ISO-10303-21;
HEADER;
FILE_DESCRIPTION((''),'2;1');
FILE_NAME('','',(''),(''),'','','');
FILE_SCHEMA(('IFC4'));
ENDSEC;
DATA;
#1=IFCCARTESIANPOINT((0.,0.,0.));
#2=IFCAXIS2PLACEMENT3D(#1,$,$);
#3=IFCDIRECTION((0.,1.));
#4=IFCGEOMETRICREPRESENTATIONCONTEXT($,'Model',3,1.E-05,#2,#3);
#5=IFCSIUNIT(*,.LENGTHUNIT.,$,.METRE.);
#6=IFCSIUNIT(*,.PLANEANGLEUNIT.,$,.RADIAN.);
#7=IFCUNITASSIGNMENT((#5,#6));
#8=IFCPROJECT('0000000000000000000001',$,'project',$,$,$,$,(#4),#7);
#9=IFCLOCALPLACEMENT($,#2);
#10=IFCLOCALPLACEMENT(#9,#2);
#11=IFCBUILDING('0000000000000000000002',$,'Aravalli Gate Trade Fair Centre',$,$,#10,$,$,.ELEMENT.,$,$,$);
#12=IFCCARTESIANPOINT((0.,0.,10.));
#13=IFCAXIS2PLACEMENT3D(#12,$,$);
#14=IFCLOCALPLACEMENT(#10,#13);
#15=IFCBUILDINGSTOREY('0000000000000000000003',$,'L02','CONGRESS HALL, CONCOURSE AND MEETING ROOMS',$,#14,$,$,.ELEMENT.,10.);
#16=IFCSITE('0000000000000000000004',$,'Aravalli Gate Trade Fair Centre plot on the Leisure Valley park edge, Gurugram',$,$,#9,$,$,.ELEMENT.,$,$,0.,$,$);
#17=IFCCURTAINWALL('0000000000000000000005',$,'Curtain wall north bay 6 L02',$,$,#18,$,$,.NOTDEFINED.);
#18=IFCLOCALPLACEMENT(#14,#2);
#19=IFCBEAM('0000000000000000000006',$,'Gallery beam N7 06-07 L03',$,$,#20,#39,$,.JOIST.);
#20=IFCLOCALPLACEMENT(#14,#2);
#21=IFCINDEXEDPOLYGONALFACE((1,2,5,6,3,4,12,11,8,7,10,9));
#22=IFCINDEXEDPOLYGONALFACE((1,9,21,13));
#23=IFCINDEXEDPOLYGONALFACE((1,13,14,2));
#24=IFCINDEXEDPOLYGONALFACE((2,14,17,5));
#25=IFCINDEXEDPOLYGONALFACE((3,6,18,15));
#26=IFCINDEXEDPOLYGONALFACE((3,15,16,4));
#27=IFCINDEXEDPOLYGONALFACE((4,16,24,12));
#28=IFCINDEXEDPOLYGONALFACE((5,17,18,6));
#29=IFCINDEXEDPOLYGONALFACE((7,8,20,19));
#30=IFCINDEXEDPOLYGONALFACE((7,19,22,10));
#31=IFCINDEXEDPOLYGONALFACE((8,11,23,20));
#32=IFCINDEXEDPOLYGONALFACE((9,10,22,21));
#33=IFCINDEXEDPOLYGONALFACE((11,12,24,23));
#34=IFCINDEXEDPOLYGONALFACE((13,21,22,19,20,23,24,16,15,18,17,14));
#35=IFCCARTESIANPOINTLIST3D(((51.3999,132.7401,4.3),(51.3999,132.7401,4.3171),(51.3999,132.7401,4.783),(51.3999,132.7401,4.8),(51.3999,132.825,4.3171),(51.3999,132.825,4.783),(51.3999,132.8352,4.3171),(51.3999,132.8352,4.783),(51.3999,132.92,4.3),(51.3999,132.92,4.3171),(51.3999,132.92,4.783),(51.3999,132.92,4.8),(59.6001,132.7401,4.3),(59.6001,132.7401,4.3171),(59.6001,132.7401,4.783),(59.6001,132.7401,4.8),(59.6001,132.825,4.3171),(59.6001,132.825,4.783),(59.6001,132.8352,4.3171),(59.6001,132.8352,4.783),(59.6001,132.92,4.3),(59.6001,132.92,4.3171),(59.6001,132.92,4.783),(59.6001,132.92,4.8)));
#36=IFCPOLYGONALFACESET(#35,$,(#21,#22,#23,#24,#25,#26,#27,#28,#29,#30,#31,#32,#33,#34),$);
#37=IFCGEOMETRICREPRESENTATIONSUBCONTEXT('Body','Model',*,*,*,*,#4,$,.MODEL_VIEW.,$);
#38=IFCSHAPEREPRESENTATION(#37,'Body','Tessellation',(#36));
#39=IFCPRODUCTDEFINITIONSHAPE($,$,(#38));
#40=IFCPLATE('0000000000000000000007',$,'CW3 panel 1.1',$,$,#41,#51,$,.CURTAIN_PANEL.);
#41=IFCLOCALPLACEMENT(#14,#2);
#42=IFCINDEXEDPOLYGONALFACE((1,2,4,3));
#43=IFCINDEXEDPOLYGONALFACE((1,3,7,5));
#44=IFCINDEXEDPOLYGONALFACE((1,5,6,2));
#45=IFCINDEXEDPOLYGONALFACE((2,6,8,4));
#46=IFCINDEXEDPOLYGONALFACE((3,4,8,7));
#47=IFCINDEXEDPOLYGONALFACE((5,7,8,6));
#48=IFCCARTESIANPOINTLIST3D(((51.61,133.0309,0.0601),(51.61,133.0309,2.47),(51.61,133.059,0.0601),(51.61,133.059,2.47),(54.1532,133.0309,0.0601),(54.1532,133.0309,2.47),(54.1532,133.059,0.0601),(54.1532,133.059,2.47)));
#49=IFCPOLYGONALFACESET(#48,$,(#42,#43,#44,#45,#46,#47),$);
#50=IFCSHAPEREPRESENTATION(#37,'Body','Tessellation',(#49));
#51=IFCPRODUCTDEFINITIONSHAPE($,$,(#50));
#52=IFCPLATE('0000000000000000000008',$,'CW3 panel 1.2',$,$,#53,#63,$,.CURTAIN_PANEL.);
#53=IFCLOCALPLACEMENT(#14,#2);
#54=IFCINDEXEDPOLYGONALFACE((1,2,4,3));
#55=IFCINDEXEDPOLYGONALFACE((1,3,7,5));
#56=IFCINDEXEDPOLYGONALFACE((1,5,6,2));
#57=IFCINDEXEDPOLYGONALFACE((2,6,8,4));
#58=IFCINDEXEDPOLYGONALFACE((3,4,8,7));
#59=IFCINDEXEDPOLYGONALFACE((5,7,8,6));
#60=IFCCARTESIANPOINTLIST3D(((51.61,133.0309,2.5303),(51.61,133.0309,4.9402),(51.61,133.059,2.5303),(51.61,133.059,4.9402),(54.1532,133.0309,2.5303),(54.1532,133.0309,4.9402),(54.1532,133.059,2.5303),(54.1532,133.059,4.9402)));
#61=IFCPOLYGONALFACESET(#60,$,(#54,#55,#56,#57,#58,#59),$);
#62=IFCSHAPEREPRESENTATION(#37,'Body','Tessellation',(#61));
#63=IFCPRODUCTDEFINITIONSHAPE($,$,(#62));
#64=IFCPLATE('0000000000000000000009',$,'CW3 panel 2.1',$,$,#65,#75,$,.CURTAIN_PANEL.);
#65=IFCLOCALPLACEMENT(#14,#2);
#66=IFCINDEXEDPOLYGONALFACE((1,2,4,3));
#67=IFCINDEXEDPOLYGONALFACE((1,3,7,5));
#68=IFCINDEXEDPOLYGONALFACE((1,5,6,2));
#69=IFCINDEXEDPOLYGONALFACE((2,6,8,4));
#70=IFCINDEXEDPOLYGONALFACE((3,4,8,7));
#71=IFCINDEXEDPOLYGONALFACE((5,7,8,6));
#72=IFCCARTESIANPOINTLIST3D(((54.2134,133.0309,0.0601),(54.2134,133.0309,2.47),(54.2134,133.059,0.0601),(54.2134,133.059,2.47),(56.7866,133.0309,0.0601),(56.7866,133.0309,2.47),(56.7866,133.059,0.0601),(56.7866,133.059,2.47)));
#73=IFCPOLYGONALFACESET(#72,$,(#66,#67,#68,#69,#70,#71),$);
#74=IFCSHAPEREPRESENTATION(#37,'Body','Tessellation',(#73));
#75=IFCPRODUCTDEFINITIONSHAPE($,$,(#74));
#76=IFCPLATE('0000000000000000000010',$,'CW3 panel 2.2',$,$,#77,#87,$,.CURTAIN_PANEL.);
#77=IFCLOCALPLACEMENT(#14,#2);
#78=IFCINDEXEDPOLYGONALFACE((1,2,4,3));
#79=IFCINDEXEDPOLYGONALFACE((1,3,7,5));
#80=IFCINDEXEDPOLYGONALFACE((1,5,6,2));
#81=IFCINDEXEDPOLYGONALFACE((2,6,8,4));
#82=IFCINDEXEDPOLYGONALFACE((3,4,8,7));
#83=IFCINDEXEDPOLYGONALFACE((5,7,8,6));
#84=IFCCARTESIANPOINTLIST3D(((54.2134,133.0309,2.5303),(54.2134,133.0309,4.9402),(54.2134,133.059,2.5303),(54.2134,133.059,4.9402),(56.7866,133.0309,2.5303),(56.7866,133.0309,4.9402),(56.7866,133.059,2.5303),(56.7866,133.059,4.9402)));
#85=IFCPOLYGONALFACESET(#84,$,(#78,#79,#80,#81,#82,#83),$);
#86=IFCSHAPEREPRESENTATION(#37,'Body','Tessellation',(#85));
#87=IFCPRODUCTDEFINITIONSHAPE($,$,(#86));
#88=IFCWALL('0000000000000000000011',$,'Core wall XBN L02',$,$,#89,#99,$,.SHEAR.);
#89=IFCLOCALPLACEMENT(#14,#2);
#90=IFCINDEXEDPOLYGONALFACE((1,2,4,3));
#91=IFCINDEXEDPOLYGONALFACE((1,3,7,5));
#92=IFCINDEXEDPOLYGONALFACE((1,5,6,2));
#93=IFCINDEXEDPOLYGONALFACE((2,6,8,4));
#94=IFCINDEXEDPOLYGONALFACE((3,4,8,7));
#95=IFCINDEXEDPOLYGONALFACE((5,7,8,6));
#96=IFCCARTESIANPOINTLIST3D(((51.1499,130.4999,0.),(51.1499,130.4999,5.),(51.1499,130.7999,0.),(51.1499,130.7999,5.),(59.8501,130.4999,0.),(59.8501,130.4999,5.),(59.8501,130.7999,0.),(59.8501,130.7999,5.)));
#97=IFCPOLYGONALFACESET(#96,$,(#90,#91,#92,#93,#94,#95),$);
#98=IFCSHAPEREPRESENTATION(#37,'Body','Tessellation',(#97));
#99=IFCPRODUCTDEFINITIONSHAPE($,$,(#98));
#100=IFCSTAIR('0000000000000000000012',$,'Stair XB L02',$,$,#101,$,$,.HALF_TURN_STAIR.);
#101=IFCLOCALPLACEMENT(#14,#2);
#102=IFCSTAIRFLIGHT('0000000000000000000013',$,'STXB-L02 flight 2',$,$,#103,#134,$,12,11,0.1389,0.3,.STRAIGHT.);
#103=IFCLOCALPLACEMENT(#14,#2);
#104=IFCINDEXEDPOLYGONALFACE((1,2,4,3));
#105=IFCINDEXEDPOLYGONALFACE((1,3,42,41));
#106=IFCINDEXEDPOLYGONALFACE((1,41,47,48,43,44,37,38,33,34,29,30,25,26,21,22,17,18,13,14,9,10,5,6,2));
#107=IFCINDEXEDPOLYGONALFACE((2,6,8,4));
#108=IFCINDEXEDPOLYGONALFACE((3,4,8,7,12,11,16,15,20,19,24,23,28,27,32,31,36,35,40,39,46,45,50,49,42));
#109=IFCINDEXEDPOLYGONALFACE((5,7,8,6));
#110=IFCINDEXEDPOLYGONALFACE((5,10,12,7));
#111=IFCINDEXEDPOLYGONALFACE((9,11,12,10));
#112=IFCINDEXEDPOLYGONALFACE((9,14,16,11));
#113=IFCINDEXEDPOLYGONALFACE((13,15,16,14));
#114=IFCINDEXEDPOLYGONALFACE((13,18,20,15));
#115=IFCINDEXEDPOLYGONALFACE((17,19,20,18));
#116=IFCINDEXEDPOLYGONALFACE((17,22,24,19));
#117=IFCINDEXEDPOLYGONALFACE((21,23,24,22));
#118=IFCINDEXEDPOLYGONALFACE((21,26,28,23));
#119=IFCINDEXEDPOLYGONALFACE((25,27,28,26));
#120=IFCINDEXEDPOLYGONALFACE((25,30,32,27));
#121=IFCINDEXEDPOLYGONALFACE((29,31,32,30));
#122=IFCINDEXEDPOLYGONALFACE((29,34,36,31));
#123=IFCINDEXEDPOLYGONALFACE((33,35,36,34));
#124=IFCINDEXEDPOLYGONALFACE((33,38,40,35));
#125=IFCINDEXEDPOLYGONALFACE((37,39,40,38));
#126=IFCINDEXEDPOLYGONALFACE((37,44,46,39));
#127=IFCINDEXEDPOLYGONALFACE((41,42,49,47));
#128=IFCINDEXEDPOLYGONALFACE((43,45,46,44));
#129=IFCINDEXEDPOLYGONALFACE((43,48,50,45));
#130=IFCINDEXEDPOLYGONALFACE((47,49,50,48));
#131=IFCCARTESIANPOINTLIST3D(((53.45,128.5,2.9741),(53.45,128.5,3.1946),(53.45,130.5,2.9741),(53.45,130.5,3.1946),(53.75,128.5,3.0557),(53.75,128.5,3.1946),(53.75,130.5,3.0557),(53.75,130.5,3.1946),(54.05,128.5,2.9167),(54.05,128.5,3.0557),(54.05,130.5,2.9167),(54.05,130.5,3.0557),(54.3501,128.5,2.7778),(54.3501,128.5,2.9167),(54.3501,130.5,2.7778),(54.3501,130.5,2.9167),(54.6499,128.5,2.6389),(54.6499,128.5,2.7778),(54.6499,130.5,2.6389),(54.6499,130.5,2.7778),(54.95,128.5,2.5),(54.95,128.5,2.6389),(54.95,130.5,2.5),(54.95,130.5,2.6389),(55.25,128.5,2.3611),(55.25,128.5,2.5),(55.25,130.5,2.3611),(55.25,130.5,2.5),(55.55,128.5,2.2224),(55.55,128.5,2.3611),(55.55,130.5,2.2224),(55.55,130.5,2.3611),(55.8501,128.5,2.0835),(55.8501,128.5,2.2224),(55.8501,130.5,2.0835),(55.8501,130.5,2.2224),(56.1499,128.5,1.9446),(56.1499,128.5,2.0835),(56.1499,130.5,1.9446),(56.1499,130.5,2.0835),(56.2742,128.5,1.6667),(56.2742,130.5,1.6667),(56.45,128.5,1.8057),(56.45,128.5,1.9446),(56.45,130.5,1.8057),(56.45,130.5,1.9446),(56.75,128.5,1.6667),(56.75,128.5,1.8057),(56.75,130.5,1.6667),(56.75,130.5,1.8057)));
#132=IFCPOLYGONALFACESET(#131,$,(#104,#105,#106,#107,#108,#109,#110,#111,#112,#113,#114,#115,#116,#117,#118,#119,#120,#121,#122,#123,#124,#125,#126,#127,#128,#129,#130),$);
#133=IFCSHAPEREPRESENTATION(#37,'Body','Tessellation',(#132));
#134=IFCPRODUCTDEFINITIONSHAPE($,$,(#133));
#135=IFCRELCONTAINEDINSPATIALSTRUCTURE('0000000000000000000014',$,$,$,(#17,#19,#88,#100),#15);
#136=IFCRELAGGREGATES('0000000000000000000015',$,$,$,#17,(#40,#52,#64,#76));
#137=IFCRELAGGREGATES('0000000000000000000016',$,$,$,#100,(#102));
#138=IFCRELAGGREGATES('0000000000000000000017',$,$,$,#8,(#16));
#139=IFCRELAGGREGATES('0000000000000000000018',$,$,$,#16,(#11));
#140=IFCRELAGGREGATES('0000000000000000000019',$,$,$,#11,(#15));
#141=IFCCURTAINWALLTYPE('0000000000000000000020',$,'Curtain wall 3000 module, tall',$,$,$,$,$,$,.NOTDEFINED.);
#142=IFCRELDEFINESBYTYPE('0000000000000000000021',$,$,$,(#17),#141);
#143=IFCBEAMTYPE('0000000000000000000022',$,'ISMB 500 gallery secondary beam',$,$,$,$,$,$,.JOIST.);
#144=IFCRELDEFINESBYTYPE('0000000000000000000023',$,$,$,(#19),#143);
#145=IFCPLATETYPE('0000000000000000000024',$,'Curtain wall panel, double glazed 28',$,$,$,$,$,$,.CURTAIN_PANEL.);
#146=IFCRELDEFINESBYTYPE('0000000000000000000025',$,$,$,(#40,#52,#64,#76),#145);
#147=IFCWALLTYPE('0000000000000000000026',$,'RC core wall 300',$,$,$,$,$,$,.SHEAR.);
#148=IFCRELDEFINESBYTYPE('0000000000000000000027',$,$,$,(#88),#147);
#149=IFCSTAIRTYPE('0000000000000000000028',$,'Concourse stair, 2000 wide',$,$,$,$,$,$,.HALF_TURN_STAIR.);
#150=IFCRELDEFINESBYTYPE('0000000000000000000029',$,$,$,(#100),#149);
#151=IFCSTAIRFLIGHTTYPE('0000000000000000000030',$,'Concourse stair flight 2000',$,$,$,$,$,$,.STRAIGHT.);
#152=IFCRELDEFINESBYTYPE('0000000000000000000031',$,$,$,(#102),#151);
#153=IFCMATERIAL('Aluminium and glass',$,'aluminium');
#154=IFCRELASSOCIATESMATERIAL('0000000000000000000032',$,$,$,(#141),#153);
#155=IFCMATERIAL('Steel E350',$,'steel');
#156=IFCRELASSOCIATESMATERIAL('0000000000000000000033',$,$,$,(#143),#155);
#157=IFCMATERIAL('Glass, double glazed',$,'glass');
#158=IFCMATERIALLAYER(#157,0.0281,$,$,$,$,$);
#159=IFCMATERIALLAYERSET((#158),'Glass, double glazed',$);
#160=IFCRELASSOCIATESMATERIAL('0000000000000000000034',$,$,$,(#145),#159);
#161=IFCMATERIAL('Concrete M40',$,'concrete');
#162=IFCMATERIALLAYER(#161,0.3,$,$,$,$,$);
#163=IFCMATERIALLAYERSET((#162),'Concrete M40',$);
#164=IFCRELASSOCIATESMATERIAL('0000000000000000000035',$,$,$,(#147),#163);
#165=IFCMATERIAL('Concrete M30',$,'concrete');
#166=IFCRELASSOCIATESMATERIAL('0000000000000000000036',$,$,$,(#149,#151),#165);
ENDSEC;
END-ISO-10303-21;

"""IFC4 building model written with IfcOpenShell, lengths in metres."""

from ifc_helpers import new_model, si_unit, direction, frame, frame_2d, origin, origin_2d, place, context, subcontext, project, spatial, polyline, rectangle, i_section, outline, extrude, material, layer, layer_set, material_profile, profile_set, type_object, element, aggregate, save


model = new_model("IFC4")

# Units and contexts
model_context = context("Model", 3, precision=1e-05, world=origin(), true_north=direction((0.0, 1.0)))
body_context = subcontext(model_context, "Body", "Model", "MODEL_VIEW")
ifc_project = project(units=[si_unit("LENGTHUNIT", "METRE"), si_unit("PLANEANGLEUNIT", "RADIAN")], contexts=[model_context])

# Site, building, storey
site_placement = place(None, origin())
site = spatial("IfcSite", under=ifc_project, at=site_placement, Name="Aravalli Gate Trade Fair Centre plot on the Leisure Valley park edge, Gurugram", CompositionType="ELEMENT", RefElevation=0.0)
building_placement = place(site_placement, origin())
building = spatial("IfcBuilding", under=site, at=building_placement, Name="Aravalli Gate Trade Fair Centre", CompositionType="ELEMENT")
storey_placement = place(building_placement, frame((0.0, 0.0, 10.0)))
storey = spatial("IfcBuildingStorey", under=building, at=storey_placement, Name="L02", Description="CONGRESS HALL, CONCOURSE AND MEETING ROOMS", CompositionType="ELEMENT", Elevation=10.0)

# Shared definitions
ifc_material_1 = material(Name="Aluminium and glass", Category="aluminium")
curtain_wall_type = type_object("IfcCurtainWallType", Name="Curtain wall 3000 module, tall", PredefinedType="NOTDEFINED", material=ifc_material_1)

# Curtain wall
curtain_wall_1_placement = place(storey_placement, origin())
curtain_wall_1 = element("IfcCurtainWall", 1, at=curtain_wall_1_placement, inside=storey, type_object=curtain_wall_type, Name="Curtain wall north bay 6 L02", PredefinedType="NOTDEFINED")

# Beam
ifc_material_2 = material(Name="Steel E350", Category="steel")
ifc_material_profile_1 = material_profile(ifc_material_2, i_section(OverallWidth=0.1799, OverallDepth=0.5, WebThickness=0.0103, FlangeThickness=0.0171, at=origin_2d()), Name="ISMB 500")
ifc_profile_set_1 = profile_set([ifc_material_profile_1], Name="Steel E350")
beam_type = type_object("IfcBeamType", Name="ISMB 500 gallery secondary beam", PredefinedType="JOIST", material=ifc_profile_set_1)
beam_placement = place(storey_placement, frame((51.3999, 132.8301, 4.55), z_axis=(1.0, 0.0, 0.0), x_axis=(0.0, 1.0, 0.0)))
element("IfcBeam", 2, at=beam_placement, inside=storey, type_object=beam_type, Name="Gallery beam N7 06-07 L03", PredefinedType="JOIST", context=body_context, shape_type="SweptSolid", body=[
    extrude(i_section(OverallWidth=0.1799, OverallDepth=0.5, WebThickness=0.0103, FlangeThickness=0.0171, at=origin_2d()), origin(), (0.0, 0.0, 1.0), 8.2002),
])

# Plates
ifc_material_3 = material(Name="Glass, double glazed", Category="glass")
ifc_layer_1 = layer(ifc_material_3, 0.0281)
ifc_layer_set_1 = layer_set([ifc_layer_1], Name="Glass, double glazed")
plate_type = type_object("IfcPlateType", Name="Curtain wall panel, double glazed 28", PredefinedType="CURTAIN_PANEL", material=ifc_layer_set_1)
plate_1_placement = place(storey_placement, frame((52.8816, 133.0449, 0.0601), z_axis=(0.0, 0.0, 1.0), x_axis=(1.0, 0.0, 0.0)))
plate_1 = element("IfcPlate", 3, at=plate_1_placement, type_object=plate_type, Name="CW3 panel 1.1", PredefinedType="CURTAIN_PANEL", context=body_context, shape_type="SweptSolid", body=[
    extrude(rectangle(XDim=2.5432, YDim=0.0281, at=origin_2d()), origin(), (0.0, 0.0, 1.0), 2.4099),
])
plate_2_placement = place(storey_placement, frame((52.8816, 133.0449, 2.5303), z_axis=(0.0, 0.0, 1.0), x_axis=(1.0, 0.0, 0.0)))
plate_2 = element("IfcPlate", 4, at=plate_2_placement, type_object=plate_type, Name="CW3 panel 1.2", PredefinedType="CURTAIN_PANEL", context=body_context, shape_type="SweptSolid", body=[
    extrude(rectangle(XDim=2.5432, YDim=0.0281, at=origin_2d()), origin(), (0.0, 0.0, 1.0), 2.4099),
])
plate_3_placement = place(storey_placement, frame((55.5, 133.0449, 0.0601), z_axis=(0.0, 0.0, 1.0), x_axis=(1.0, 0.0, 0.0)))
plate_3 = element("IfcPlate", 5, at=plate_3_placement, type_object=plate_type, Name="CW3 panel 2.1", PredefinedType="CURTAIN_PANEL", context=body_context, shape_type="SweptSolid", body=[
    extrude(rectangle(XDim=2.5732, YDim=0.0281, at=origin_2d()), origin(), (0.0, 0.0, 1.0), 2.4099),
])
plate_4_placement = place(storey_placement, frame((55.5, 133.0449, 2.5303), z_axis=(0.0, 0.0, 1.0), x_axis=(1.0, 0.0, 0.0)))
plate_4 = element("IfcPlate", 6, at=plate_4_placement, type_object=plate_type, Name="CW3 panel 2.2", PredefinedType="CURTAIN_PANEL", context=body_context, shape_type="SweptSolid", body=[
    extrude(rectangle(XDim=2.5732, YDim=0.0281, at=origin_2d()), origin(), (0.0, 0.0, 1.0), 2.4099),
])
aggregate(curtain_wall_1, [plate_1, plate_2, plate_3, plate_4])

# Wall
ifc_material_4 = material(Name="Concrete M40", Category="concrete")
ifc_layer_2 = layer(ifc_material_4, 0.3)
ifc_layer_set_2 = layer_set([ifc_layer_2], Name="Concrete M40")
wall_type = type_object("IfcWallType", Name="RC core wall 300", PredefinedType="SHEAR", material=ifc_layer_set_2)
wall_placement = place(storey_placement, frame((51.1499, 130.6499, 0.0), z_axis=(0.0, 0.0, 1.0), x_axis=(1.0, 0.0, 0.0)))
element("IfcWall", 7, at=wall_placement, inside=storey, type_object=wall_type, Name="Core wall XBN L02", PredefinedType="SHEAR", context=body_context, shape_type="SweptSolid", body=[
    extrude(rectangle(XDim=8.7002, YDim=0.3, at=frame_2d((4.3501, 0.0))), origin(), (0.0, 0.0, 1.0), 5.0),
])

# Stair, stair flight
ifc_material_5 = material(Name="Concrete M30", Category="concrete")
stair_type = type_object("IfcStairType", Name="Concourse stair, 2000 wide", PredefinedType="HALF_TURN_STAIR", material=ifc_material_5)
stair_placement = place(storey_placement, origin())
stair = element("IfcStair", 8, at=stair_placement, inside=storey, type_object=stair_type, Name="Stair XB L02", PredefinedType="HALF_TURN_STAIR")
stair_flight_type = type_object("IfcStairFlightType", Name="Concourse stair flight 2000", PredefinedType="STRAIGHT", material=ifc_material_5)
stair_flight_placement = place(storey_placement, frame((56.75, 129.5, 1.6667), z_axis=(0.0, 0.0, 1.0), x_axis=(-1.0, 0.0, 0.0)))
stair_flight = element("IfcStairFlight", 9, at=stair_flight_placement, type_object=stair_flight_type, Name="STXB-L02 flight 2", NumberOfRisers=12, NumberOfTreads=11, PredefinedType="STRAIGHT", RiserHeight=0.1389, TreadLength=0.3, context=body_context, shape_type="SweptSolid", body=[
    extrude(outline(polyline([(0.0, 0.0), (0.0, 0.1389), (0.3, 0.1389), (0.3, 0.2778), (0.6001, 0.2778), (0.6001, 0.4167), (0.8999, 0.4167), (0.8999, 0.5557), (1.2, 0.5557), (1.2, 0.6943), (1.5, 0.6943), (1.5, 0.8333), (1.8, 0.8333), (1.8, 0.9722), (2.1001, 0.9722), (2.1001, 1.1111), (2.3999, 1.1111), (2.3999, 1.25), (2.7, 1.25), (2.7, 1.3889), (3.0, 1.3889), (3.0, 1.5278), (3.3, 1.5278), (3.3, 1.6667), (3.3, 1.3074), (0.4758, 0.0), (0.0, 0.0)])), frame((0.0, 1.0, 0.0), z_axis=(0.0, -1.0, 0.0), x_axis=(1.0, 0.0, 0.0)), (0.0, 0.0, 1.0), 2.0),
])
aggregate(stair, [stair_flight])

save(model, "model.ifc")
